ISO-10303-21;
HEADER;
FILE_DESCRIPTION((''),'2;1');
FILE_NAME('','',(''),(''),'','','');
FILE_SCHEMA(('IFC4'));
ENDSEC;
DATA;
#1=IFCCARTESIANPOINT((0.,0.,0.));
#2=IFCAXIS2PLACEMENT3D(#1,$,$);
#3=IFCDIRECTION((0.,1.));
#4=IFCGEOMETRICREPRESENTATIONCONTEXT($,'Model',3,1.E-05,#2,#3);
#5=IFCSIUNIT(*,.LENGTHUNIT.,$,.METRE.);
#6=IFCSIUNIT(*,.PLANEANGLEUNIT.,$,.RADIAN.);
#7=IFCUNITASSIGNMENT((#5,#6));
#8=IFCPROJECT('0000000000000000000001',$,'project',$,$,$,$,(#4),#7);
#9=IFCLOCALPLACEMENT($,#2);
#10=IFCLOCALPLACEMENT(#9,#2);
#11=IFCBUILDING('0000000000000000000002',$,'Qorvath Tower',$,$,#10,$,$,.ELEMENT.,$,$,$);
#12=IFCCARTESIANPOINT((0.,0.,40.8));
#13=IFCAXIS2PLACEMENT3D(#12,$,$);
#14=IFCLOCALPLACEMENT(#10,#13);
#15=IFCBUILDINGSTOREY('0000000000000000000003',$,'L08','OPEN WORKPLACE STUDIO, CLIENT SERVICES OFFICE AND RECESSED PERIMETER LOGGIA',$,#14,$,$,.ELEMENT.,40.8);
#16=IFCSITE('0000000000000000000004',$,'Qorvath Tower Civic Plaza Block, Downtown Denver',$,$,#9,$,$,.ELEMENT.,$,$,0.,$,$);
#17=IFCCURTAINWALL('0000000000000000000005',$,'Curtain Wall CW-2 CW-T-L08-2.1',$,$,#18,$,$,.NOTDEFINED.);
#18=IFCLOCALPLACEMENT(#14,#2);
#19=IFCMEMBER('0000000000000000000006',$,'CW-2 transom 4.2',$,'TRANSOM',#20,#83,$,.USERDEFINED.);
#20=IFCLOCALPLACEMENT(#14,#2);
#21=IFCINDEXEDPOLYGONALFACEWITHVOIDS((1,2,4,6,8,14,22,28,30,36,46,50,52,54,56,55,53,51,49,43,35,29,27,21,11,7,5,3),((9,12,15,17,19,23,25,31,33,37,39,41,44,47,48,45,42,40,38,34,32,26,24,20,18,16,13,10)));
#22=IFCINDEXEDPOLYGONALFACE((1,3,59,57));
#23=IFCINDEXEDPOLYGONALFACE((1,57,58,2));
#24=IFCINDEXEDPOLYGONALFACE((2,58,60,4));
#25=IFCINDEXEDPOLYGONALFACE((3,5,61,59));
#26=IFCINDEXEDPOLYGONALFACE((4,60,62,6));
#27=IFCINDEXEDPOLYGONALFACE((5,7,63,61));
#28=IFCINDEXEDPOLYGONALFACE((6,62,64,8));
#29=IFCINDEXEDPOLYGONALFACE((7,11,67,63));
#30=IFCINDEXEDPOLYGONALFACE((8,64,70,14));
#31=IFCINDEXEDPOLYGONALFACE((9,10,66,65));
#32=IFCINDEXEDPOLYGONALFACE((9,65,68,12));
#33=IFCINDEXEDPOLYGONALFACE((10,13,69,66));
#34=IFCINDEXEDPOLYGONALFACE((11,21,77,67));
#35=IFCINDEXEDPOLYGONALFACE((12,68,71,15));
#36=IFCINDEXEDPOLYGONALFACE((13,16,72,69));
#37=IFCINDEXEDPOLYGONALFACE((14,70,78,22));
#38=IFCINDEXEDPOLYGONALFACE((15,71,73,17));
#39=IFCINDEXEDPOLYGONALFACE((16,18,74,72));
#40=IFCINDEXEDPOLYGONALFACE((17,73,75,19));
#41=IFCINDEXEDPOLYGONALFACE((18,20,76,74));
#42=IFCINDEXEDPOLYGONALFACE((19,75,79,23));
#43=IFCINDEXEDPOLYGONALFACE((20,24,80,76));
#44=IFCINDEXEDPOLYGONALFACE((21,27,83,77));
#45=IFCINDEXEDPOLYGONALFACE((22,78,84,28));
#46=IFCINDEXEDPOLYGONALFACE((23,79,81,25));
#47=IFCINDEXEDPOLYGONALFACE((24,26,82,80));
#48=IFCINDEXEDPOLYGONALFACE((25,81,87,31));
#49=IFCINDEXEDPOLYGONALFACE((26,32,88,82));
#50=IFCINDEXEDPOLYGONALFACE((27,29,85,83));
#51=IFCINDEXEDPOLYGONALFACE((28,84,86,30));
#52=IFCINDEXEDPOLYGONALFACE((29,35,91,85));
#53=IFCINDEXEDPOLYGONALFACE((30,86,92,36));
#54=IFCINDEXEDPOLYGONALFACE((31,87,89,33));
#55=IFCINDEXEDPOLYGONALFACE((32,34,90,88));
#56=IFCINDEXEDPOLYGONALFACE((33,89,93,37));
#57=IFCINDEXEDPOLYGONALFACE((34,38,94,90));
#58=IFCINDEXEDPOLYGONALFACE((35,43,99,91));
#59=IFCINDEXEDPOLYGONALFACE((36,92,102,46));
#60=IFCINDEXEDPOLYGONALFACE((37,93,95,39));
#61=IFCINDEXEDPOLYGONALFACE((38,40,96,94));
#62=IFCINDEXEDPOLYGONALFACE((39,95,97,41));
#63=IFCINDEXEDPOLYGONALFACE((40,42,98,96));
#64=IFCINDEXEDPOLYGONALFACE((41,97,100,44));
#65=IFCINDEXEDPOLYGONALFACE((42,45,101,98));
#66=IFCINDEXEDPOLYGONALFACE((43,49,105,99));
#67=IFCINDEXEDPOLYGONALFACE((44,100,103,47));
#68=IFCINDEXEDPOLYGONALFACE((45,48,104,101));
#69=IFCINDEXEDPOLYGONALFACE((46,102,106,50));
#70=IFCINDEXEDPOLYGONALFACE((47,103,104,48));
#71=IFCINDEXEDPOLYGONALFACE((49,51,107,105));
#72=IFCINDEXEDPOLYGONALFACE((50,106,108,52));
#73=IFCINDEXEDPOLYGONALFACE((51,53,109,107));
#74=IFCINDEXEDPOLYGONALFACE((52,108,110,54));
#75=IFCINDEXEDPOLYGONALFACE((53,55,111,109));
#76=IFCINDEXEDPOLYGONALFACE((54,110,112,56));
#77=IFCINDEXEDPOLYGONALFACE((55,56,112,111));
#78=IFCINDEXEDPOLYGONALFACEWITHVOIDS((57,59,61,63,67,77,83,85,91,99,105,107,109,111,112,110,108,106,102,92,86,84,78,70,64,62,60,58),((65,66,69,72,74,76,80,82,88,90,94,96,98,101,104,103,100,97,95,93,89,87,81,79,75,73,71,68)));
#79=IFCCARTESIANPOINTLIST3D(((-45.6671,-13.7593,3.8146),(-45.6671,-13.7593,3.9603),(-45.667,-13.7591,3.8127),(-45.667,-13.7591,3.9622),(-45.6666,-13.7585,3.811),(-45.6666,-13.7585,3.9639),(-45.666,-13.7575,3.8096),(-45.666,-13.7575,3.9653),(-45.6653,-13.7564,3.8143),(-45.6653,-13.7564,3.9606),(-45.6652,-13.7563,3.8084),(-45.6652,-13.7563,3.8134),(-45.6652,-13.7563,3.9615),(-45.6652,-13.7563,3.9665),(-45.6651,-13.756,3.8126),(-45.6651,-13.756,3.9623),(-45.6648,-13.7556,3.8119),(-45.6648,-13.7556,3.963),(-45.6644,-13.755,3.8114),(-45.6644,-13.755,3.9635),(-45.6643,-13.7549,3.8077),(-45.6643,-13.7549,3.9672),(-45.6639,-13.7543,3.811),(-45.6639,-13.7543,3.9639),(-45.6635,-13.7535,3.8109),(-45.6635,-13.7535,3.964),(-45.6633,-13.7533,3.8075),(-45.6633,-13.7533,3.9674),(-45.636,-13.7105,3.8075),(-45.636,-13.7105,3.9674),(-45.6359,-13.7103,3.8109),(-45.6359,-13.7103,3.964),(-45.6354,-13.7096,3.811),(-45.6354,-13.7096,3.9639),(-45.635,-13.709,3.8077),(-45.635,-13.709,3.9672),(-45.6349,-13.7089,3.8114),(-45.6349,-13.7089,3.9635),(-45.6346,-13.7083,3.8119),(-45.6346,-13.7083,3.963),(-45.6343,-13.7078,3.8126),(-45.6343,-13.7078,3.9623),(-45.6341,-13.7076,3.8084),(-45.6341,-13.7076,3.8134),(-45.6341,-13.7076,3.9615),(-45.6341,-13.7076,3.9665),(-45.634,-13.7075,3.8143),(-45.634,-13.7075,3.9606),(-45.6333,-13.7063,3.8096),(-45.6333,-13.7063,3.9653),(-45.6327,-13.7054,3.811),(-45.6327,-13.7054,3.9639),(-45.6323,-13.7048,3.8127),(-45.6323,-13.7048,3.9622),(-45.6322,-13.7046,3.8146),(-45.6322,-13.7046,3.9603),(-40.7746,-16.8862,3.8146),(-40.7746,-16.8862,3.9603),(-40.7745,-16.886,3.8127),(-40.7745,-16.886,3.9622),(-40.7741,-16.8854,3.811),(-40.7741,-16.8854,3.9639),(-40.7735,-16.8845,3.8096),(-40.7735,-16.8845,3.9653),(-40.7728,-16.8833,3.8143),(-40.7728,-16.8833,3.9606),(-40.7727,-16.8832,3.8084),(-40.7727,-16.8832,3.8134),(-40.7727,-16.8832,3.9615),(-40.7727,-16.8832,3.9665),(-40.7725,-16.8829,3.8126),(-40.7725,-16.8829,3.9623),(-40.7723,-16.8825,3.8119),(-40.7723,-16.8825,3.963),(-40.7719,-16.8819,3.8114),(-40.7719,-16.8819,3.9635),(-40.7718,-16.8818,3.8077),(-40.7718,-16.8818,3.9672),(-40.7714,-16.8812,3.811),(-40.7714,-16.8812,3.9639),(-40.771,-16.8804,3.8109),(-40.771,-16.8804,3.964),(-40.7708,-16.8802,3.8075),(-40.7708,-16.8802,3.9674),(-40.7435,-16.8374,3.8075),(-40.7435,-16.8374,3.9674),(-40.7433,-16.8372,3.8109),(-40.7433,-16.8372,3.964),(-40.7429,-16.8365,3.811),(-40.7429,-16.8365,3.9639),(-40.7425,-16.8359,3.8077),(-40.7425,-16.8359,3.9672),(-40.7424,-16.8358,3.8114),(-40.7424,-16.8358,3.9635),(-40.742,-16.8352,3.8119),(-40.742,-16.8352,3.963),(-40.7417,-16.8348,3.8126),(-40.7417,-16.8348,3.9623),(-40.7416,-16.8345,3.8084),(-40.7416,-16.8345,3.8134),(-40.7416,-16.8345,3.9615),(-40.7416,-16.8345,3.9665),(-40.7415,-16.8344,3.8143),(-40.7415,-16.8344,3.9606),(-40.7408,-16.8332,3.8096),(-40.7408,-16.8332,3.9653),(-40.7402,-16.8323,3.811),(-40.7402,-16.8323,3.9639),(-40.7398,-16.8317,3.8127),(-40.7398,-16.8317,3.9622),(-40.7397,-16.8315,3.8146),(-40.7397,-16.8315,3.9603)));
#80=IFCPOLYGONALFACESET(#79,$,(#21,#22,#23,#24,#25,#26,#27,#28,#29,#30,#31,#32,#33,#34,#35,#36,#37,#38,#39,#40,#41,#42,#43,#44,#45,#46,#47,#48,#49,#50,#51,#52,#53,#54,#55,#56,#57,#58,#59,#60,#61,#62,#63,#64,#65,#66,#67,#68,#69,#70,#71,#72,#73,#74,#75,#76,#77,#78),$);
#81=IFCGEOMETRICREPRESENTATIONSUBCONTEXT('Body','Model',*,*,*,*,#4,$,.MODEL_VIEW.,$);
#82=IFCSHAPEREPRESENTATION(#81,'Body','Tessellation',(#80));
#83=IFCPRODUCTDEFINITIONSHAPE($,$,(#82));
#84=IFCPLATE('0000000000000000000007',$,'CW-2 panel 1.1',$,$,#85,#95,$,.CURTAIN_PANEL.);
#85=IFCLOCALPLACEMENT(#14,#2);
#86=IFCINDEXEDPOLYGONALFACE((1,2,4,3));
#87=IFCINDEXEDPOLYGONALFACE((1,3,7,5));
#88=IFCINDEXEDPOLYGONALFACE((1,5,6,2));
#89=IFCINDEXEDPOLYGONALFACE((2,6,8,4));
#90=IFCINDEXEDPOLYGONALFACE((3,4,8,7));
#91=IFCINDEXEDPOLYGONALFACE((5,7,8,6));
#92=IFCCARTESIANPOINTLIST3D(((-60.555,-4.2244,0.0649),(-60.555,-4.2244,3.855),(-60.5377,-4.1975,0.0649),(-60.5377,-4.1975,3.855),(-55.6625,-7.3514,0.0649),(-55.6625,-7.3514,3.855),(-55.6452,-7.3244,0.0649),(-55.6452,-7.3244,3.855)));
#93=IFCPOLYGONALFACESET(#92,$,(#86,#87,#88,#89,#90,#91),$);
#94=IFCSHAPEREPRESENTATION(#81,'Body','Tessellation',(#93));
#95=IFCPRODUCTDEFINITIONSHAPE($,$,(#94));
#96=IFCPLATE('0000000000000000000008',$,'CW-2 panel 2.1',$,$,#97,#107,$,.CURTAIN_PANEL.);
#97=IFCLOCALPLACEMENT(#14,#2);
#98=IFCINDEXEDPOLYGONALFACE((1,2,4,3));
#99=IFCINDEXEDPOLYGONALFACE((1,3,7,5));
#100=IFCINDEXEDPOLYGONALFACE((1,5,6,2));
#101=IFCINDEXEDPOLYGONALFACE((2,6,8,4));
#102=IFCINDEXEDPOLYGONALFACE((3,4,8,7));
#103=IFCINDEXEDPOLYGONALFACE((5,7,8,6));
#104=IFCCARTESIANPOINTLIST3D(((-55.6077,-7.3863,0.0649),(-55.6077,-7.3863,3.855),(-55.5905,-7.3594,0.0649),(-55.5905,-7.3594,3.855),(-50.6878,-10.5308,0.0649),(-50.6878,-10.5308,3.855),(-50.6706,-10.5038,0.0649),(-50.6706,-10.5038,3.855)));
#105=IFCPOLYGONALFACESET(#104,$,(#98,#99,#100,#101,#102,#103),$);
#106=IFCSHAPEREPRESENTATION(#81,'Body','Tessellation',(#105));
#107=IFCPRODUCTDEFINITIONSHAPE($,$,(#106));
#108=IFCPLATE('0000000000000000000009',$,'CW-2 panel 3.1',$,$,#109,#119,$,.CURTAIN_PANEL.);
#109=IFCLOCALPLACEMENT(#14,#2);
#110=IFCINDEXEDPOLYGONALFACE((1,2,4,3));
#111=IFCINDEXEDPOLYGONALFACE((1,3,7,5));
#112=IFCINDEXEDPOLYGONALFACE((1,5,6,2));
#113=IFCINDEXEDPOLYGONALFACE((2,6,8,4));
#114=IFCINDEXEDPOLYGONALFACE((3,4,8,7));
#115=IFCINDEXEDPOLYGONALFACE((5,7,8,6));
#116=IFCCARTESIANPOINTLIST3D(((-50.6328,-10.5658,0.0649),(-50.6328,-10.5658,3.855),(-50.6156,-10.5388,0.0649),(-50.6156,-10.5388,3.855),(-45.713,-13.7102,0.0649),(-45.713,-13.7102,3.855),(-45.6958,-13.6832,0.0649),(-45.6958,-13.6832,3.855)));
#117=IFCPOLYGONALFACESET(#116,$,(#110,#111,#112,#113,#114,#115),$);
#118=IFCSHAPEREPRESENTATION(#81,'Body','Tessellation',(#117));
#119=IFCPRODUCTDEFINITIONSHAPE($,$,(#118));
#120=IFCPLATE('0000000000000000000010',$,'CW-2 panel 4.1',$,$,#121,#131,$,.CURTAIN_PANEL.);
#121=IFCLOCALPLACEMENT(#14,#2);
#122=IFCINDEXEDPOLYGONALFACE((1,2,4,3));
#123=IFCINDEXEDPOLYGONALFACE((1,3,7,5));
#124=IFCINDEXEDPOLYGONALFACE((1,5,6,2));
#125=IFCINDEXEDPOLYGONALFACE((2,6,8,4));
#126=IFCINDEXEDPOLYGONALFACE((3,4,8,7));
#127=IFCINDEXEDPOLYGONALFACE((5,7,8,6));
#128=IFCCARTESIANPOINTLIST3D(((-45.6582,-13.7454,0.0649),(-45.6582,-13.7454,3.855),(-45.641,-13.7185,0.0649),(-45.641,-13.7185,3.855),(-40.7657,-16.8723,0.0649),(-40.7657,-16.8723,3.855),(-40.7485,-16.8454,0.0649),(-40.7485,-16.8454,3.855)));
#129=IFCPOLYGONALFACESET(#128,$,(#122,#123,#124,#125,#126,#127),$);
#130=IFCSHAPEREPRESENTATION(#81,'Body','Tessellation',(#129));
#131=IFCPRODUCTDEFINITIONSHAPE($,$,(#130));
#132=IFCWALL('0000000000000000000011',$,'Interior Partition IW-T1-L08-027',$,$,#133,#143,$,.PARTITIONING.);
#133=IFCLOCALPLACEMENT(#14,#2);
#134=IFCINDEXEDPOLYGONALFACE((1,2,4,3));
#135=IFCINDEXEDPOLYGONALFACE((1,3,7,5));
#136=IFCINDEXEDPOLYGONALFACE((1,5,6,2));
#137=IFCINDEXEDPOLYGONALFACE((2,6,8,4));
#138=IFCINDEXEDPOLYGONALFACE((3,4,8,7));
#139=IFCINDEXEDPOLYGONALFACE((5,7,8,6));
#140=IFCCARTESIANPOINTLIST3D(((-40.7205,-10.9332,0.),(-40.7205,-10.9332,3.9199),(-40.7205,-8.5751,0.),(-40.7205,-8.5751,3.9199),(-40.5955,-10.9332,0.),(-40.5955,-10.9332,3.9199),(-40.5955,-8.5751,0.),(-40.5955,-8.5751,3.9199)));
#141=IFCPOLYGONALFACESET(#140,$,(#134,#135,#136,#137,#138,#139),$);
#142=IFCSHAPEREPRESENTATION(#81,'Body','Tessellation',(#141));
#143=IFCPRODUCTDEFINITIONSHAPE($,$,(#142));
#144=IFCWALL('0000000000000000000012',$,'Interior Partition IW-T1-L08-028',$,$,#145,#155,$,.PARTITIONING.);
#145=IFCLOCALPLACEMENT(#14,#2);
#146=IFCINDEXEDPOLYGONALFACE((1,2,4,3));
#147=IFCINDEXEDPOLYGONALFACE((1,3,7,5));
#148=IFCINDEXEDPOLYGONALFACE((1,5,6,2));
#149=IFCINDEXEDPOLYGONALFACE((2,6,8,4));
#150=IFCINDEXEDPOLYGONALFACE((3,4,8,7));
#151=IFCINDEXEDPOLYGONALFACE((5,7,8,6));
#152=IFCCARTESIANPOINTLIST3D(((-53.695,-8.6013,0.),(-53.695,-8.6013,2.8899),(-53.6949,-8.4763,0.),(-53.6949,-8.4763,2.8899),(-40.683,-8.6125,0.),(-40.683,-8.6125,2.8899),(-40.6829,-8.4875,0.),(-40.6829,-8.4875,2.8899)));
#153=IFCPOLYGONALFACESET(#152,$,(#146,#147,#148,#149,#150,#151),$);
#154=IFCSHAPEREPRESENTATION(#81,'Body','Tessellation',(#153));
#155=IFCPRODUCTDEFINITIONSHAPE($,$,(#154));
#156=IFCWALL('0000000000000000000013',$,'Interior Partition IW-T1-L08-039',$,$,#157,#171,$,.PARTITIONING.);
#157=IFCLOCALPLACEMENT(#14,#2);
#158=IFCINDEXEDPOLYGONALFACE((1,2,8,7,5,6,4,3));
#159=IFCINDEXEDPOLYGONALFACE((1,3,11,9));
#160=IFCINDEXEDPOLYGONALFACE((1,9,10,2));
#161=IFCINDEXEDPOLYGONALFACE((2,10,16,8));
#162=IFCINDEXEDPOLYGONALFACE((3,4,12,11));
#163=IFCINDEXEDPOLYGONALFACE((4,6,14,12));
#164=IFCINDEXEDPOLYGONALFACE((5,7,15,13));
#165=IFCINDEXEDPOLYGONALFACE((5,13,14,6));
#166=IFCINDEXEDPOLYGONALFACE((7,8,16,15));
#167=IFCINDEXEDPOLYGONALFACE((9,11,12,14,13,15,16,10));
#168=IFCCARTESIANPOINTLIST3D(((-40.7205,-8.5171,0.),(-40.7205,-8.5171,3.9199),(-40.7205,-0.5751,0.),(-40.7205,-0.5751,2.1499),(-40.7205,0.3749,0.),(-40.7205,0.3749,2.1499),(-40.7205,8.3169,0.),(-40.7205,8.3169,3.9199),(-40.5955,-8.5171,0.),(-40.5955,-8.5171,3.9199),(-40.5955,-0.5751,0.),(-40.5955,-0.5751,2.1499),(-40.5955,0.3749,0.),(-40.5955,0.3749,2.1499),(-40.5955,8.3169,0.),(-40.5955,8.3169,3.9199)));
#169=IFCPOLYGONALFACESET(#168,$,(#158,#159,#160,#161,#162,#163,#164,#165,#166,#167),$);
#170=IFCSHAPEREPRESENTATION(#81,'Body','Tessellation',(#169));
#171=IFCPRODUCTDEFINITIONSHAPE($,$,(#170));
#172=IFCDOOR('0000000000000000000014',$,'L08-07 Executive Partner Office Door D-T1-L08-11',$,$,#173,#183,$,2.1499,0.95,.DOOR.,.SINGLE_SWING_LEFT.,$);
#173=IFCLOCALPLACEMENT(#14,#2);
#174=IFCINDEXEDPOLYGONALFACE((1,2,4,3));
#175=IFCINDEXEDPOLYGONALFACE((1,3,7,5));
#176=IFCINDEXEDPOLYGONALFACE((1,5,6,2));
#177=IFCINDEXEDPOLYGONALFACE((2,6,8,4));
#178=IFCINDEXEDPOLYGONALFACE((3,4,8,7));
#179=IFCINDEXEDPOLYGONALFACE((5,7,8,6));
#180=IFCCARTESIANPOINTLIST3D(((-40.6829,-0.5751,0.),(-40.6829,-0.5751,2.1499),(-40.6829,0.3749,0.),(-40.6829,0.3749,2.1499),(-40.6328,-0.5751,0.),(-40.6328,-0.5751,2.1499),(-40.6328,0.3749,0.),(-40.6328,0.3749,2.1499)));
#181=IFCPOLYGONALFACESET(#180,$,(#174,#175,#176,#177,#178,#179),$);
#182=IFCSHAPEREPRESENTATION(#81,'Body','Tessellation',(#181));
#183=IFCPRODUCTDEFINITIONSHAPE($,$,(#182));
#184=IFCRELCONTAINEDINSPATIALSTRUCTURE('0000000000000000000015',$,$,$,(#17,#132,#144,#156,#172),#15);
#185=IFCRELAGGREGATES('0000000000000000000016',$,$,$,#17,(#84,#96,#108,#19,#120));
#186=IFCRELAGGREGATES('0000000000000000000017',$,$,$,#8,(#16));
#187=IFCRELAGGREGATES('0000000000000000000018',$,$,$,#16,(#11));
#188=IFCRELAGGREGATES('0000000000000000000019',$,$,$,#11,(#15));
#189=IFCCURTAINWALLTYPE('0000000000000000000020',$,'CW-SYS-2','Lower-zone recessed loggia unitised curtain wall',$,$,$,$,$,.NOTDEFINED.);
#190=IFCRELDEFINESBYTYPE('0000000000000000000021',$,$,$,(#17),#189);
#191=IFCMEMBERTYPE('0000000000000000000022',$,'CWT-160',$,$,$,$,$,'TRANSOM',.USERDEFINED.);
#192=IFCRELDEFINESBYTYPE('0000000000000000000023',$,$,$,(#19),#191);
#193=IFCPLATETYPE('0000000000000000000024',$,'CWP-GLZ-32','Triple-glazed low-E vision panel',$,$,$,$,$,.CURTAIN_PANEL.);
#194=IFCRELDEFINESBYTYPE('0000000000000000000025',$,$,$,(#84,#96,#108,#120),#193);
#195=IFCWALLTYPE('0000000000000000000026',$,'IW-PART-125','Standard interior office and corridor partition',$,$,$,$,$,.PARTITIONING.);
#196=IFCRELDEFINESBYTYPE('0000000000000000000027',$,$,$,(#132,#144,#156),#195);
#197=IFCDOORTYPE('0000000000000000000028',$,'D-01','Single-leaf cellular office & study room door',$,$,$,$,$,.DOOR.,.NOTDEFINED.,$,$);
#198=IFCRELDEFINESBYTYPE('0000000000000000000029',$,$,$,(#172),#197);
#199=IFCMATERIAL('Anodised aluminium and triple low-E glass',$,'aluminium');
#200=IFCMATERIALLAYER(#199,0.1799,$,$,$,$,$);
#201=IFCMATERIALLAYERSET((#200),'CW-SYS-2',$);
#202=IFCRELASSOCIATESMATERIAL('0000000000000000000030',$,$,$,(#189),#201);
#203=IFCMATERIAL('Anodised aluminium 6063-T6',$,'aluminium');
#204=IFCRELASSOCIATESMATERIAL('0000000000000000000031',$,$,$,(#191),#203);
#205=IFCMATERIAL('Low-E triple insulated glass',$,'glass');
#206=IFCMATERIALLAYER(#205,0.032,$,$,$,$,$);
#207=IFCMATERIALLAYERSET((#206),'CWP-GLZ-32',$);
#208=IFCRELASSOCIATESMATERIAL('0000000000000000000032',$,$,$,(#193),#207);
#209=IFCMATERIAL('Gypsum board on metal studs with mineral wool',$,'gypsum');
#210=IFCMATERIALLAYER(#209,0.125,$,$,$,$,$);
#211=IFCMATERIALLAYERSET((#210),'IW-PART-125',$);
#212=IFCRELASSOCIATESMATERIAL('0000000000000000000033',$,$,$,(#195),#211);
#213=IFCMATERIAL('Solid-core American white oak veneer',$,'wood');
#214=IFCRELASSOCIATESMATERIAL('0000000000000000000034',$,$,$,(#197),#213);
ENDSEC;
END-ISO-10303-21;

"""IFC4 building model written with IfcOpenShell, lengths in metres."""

from ifc_helpers import new_model, si_unit, direction, frame, frame_2d, origin, origin_2d, place, context, subcontext, project, spatial, rectangle, hollow_rectangle, extrude, material, layer, layer_set, material_profile, profile_set, type_object, element, fill, aggregate, save


model = new_model("IFC4")

# Units and contexts
model_context = context("Model", 3, precision=1e-05, world=origin(), true_north=direction((0.0, 1.0)))
body_context = subcontext(model_context, "Body", "Model", "MODEL_VIEW")
ifc_project = project(units=[si_unit("LENGTHUNIT", "METRE"), si_unit("PLANEANGLEUNIT", "RADIAN")], contexts=[model_context])

# Site, building, storey
site_placement = place(None, origin())
site = spatial("IfcSite", under=ifc_project, at=site_placement, Name="Qorvath Tower Civic Plaza Block, Downtown Denver", CompositionType="ELEMENT", RefElevation=0.0)
building_placement = place(site_placement, origin())
building = spatial("IfcBuilding", under=site, at=building_placement, Name="Qorvath Tower", CompositionType="ELEMENT")
storey_placement = place(building_placement, frame((0.0, 0.0, 40.8)))
storey = spatial("IfcBuildingStorey", under=building, at=storey_placement, Name="L08", Description="OPEN WORKPLACE STUDIO, CLIENT SERVICES OFFICE AND RECESSED PERIMETER LOGGIA", CompositionType="ELEMENT", Elevation=40.8)

# Curtain wall, member, plates
ifc_material_1 = material(Name="Anodised aluminium and triple low-E glass", Category="aluminium")
ifc_layer_1 = layer(ifc_material_1, 0.1799)
ifc_layer_set_1 = layer_set([ifc_layer_1], Name="CW-SYS-2")
curtain_wall_type = type_object("IfcCurtainWallType", Name="CW-SYS-2", Description="Lower-zone recessed loggia unitised curtain wall", PredefinedType="NOTDEFINED", material=ifc_layer_set_1)
curtain_wall_placement = place(storey_placement, origin())
curtain_wall = element("IfcCurtainWall", 1, at=curtain_wall_placement, inside=storey, type_object=curtain_wall_type, Name="Curtain Wall CW-2 CW-T-L08-2.1", PredefinedType="NOTDEFINED")
ifc_material_2 = material(Name="Anodised aluminium 6063-T6", Category="aluminium")
ifc_material_profile_1 = material_profile(ifc_material_2, hollow_rectangle(XDim=0.0649, YDim=0.1599, WallThickness=0.0034, InnerFilletRadius=0.0034, OuterFilletRadius=0.0071, at=origin_2d()), Name="CWT 160x65")
ifc_profile_set_1 = profile_set([ifc_material_profile_1], Name="Anodised aluminium 6063-T6")
member_type_1 = type_object("IfcMemberType", Name="CWT-160", ElementType="TRANSOM", PredefinedType="USERDEFINED", material=ifc_profile_set_1)
member_1_placement = place(storey_placement, frame((-45.6497, -13.7319, 3.8875), z_axis=(0.842607, -0.538529, 0.0), x_axis=(0.538529, 0.842607, 0.0)))
member_1 = element("IfcMember", 2, at=member_1_placement, type_object=member_type_1, Name="CW-2 transom 4.2", ObjectType="TRANSOM", PredefinedType="USERDEFINED", context=body_context, shape_type="SweptSolid", body=[
    extrude(hollow_rectangle(XDim=0.0649, YDim=0.1599, WallThickness=0.0034, InnerFilletRadius=0.0034, OuterFilletRadius=0.0071, at=origin_2d()), origin(), (0.0, 0.0, 1.0), 5.8064),
])
ifc_material_3 = material(Name="Low-E triple insulated glass", Category="glass")
ifc_layer_2 = layer(ifc_material_3, 0.032)
ifc_layer_set_2 = layer_set([ifc_layer_2], Name="CWP-GLZ-32")
plate_type = type_object("IfcPlateType", Name="CWP-GLZ-32", Description="Triple-glazed low-E vision panel", PredefinedType="CURTAIN_PANEL", material=ifc_layer_set_2)
plate_1_placement = place(storey_placement, frame((-58.1001, -5.7744, 0.0649), z_axis=(0.0, 0.0, 1.0), x_axis=(0.842605, -0.538532, 0.0)))
plate_1 = element("IfcPlate", 3, at=plate_1_placement, type_object=plate_type, Name="CW-2 panel 1.1", PredefinedType="CURTAIN_PANEL", context=body_context, shape_type="SweptSolid", body=[
    extrude(rectangle(XDim=5.8064, YDim=0.032, at=origin_2d()), origin(), (0.0, 0.0, 1.0), 3.79),
])
plate_2_placement = place(storey_placement, frame((-53.1392, -8.9451, 0.0649), z_axis=(0.0, 0.0, 1.0), x_axis=(0.842605, -0.538532, 0.0)))
plate_2 = element("IfcPlate", 4, at=plate_2_placement, type_object=plate_type, Name="CW-2 panel 2.1", PredefinedType="CURTAIN_PANEL", context=body_context, shape_type="SweptSolid", body=[
    extrude(rectangle(XDim=5.8389, YDim=0.032, at=origin_2d()), origin(), (0.0, 0.0, 1.0), 3.79),
])
plate_3_placement = place(storey_placement, frame((-48.1643, -12.1245, 0.0649), z_axis=(0.0, 0.0, 1.0), x_axis=(0.842605, -0.538532, 0.0)))
plate_3 = element("IfcPlate", 5, at=plate_3_placement, type_object=plate_type, Name="CW-2 panel 3.1", PredefinedType="CURTAIN_PANEL", context=body_context, shape_type="SweptSolid", body=[
    extrude(rectangle(XDim=5.8389, YDim=0.032, at=origin_2d()), origin(), (0.0, 0.0, 1.0), 3.79),
])
plate_4_placement = place(storey_placement, frame((-43.2034, -15.2954, 0.0649), z_axis=(0.0, 0.0, 1.0), x_axis=(0.842605, -0.538532, 0.0)))
plate_4 = element("IfcPlate", 6, at=plate_4_placement, type_object=plate_type, Name="CW-2 panel 4.1", PredefinedType="CURTAIN_PANEL", context=body_context, shape_type="SweptSolid", body=[
    extrude(rectangle(XDim=5.8064, YDim=0.032, at=origin_2d()), origin(), (0.0, 0.0, 1.0), 3.79),
])
aggregate(curtain_wall, [plate_1, plate_2, plate_3, member_1, plate_4])

# Walls
ifc_material_4 = material(Name="Gypsum board on metal studs with mineral wool", Category="gypsum")
ifc_layer_3 = layer(ifc_material_4, 0.125)
ifc_layer_set_3 = layer_set([ifc_layer_3], Name="IW-PART-125")
wall_type_1 = type_object("IfcWallType", Name="IW-PART-125", Description="Standard interior office and corridor partition", PredefinedType="PARTITIONING", material=ifc_layer_set_3)
wall_1_placement = place(storey_placement, frame((-40.658, -8.575, 0.0), z_axis=(0.0, 0.0, 1.0), x_axis=(0.0, -1.0, 0.0)))
element("IfcWall", 7, at=wall_1_placement, inside=storey, type_object=wall_type_1, Name="Interior Partition IW-T1-L08-027", PredefinedType="PARTITIONING", context=body_context, shape_type="SweptSolid", body=[
    extrude(rectangle(XDim=2.3582, YDim=0.125, at=frame_2d((1.1792, 0.0))), origin(), (0.0, 0.0, 1.0), 3.9199),
])
wall_2_placement = place(storey_placement, frame((-40.6831, -8.55, 0.0), z_axis=(0.0, 0.0, 1.0), x_axis=(-1.0, 0.000863, 0.0)))
element("IfcWall", 8, at=wall_2_placement, inside=storey, type_object=wall_type_1, Name="Interior Partition IW-T1-L08-028", PredefinedType="PARTITIONING", context=body_context, shape_type="SweptSolid", body=[
    extrude(rectangle(XDim=13.012, YDim=0.125, at=frame_2d((6.5059, 0.0))), origin(), (0.0, 0.0, 1.0), 2.8899),
])

# Wall, opening, door
wall_3_placement = place(storey_placement, frame((-40.658, -8.5171, 0.0), z_axis=(0.0, 0.0, 1.0), x_axis=(0.0, 1.0, 0.0)))
wall_3 = element("IfcWall", 9, at=wall_3_placement, inside=storey, type_object=wall_type_1, Name="Interior Partition IW-T1-L08-039", PredefinedType="PARTITIONING", context=body_context, shape_type="SweptSolid", body=[
    extrude(rectangle(XDim=16.834, YDim=0.125, at=frame_2d((8.417, 0.0))), origin(), (0.0, 0.0, 1.0), 3.9199),
])
opening_1_placement = place(wall_3_placement, frame((7.9419, 0.0, 0.0)))
opening_1 = element("IfcOpeningElement", 10, at=opening_1_placement, cuts=wall_3, PredefinedType="OPENING", context=body_context, shape_type="SweptSolid", body=[
    extrude(rectangle(XDim=0.95, YDim=2.1499, at=frame_2d((0.4751, 1.075))), frame((0.0, 0.0725, 0.0), z_axis=(0.0, -1.0, 0.0), x_axis=(1.0, 0.0, 0.0)), (0.0, 0.0, 1.0), 0.145),
])
ifc_material_5 = material(Name="Solid-core American white oak veneer", Category="wood")
door_type_1 = type_object("IfcDoorType", Name="D-01", Description="Single-leaf cellular office & study room door", OperationType="NOTDEFINED", PredefinedType="DOOR", material=ifc_material_5)
door_1_placement = place(opening_1_placement, origin())
door_1 = element("IfcDoor", 11, at=door_1_placement, inside=storey, type_object=door_type_1, Name="L08-07 Executive Partner Office Door D-T1-L08-11", OperationType="SINGLE_SWING_LEFT", OverallHeight=2.1499, OverallWidth=0.95, PredefinedType="DOOR", context=body_context, shape_type="SweptSolid", body=[
    extrude(rectangle(XDim=0.95, YDim=2.1499, at=frame_2d((0.4751, 1.075))), frame((0.0, 0.0249, 0.0), z_axis=(0.0, -1.0, 0.0), x_axis=(1.0, 0.0, 0.0)), (0.0, 0.0, 1.0), 0.05),
])
fill(opening_1, door_1)

save(model, "model.ifc")
